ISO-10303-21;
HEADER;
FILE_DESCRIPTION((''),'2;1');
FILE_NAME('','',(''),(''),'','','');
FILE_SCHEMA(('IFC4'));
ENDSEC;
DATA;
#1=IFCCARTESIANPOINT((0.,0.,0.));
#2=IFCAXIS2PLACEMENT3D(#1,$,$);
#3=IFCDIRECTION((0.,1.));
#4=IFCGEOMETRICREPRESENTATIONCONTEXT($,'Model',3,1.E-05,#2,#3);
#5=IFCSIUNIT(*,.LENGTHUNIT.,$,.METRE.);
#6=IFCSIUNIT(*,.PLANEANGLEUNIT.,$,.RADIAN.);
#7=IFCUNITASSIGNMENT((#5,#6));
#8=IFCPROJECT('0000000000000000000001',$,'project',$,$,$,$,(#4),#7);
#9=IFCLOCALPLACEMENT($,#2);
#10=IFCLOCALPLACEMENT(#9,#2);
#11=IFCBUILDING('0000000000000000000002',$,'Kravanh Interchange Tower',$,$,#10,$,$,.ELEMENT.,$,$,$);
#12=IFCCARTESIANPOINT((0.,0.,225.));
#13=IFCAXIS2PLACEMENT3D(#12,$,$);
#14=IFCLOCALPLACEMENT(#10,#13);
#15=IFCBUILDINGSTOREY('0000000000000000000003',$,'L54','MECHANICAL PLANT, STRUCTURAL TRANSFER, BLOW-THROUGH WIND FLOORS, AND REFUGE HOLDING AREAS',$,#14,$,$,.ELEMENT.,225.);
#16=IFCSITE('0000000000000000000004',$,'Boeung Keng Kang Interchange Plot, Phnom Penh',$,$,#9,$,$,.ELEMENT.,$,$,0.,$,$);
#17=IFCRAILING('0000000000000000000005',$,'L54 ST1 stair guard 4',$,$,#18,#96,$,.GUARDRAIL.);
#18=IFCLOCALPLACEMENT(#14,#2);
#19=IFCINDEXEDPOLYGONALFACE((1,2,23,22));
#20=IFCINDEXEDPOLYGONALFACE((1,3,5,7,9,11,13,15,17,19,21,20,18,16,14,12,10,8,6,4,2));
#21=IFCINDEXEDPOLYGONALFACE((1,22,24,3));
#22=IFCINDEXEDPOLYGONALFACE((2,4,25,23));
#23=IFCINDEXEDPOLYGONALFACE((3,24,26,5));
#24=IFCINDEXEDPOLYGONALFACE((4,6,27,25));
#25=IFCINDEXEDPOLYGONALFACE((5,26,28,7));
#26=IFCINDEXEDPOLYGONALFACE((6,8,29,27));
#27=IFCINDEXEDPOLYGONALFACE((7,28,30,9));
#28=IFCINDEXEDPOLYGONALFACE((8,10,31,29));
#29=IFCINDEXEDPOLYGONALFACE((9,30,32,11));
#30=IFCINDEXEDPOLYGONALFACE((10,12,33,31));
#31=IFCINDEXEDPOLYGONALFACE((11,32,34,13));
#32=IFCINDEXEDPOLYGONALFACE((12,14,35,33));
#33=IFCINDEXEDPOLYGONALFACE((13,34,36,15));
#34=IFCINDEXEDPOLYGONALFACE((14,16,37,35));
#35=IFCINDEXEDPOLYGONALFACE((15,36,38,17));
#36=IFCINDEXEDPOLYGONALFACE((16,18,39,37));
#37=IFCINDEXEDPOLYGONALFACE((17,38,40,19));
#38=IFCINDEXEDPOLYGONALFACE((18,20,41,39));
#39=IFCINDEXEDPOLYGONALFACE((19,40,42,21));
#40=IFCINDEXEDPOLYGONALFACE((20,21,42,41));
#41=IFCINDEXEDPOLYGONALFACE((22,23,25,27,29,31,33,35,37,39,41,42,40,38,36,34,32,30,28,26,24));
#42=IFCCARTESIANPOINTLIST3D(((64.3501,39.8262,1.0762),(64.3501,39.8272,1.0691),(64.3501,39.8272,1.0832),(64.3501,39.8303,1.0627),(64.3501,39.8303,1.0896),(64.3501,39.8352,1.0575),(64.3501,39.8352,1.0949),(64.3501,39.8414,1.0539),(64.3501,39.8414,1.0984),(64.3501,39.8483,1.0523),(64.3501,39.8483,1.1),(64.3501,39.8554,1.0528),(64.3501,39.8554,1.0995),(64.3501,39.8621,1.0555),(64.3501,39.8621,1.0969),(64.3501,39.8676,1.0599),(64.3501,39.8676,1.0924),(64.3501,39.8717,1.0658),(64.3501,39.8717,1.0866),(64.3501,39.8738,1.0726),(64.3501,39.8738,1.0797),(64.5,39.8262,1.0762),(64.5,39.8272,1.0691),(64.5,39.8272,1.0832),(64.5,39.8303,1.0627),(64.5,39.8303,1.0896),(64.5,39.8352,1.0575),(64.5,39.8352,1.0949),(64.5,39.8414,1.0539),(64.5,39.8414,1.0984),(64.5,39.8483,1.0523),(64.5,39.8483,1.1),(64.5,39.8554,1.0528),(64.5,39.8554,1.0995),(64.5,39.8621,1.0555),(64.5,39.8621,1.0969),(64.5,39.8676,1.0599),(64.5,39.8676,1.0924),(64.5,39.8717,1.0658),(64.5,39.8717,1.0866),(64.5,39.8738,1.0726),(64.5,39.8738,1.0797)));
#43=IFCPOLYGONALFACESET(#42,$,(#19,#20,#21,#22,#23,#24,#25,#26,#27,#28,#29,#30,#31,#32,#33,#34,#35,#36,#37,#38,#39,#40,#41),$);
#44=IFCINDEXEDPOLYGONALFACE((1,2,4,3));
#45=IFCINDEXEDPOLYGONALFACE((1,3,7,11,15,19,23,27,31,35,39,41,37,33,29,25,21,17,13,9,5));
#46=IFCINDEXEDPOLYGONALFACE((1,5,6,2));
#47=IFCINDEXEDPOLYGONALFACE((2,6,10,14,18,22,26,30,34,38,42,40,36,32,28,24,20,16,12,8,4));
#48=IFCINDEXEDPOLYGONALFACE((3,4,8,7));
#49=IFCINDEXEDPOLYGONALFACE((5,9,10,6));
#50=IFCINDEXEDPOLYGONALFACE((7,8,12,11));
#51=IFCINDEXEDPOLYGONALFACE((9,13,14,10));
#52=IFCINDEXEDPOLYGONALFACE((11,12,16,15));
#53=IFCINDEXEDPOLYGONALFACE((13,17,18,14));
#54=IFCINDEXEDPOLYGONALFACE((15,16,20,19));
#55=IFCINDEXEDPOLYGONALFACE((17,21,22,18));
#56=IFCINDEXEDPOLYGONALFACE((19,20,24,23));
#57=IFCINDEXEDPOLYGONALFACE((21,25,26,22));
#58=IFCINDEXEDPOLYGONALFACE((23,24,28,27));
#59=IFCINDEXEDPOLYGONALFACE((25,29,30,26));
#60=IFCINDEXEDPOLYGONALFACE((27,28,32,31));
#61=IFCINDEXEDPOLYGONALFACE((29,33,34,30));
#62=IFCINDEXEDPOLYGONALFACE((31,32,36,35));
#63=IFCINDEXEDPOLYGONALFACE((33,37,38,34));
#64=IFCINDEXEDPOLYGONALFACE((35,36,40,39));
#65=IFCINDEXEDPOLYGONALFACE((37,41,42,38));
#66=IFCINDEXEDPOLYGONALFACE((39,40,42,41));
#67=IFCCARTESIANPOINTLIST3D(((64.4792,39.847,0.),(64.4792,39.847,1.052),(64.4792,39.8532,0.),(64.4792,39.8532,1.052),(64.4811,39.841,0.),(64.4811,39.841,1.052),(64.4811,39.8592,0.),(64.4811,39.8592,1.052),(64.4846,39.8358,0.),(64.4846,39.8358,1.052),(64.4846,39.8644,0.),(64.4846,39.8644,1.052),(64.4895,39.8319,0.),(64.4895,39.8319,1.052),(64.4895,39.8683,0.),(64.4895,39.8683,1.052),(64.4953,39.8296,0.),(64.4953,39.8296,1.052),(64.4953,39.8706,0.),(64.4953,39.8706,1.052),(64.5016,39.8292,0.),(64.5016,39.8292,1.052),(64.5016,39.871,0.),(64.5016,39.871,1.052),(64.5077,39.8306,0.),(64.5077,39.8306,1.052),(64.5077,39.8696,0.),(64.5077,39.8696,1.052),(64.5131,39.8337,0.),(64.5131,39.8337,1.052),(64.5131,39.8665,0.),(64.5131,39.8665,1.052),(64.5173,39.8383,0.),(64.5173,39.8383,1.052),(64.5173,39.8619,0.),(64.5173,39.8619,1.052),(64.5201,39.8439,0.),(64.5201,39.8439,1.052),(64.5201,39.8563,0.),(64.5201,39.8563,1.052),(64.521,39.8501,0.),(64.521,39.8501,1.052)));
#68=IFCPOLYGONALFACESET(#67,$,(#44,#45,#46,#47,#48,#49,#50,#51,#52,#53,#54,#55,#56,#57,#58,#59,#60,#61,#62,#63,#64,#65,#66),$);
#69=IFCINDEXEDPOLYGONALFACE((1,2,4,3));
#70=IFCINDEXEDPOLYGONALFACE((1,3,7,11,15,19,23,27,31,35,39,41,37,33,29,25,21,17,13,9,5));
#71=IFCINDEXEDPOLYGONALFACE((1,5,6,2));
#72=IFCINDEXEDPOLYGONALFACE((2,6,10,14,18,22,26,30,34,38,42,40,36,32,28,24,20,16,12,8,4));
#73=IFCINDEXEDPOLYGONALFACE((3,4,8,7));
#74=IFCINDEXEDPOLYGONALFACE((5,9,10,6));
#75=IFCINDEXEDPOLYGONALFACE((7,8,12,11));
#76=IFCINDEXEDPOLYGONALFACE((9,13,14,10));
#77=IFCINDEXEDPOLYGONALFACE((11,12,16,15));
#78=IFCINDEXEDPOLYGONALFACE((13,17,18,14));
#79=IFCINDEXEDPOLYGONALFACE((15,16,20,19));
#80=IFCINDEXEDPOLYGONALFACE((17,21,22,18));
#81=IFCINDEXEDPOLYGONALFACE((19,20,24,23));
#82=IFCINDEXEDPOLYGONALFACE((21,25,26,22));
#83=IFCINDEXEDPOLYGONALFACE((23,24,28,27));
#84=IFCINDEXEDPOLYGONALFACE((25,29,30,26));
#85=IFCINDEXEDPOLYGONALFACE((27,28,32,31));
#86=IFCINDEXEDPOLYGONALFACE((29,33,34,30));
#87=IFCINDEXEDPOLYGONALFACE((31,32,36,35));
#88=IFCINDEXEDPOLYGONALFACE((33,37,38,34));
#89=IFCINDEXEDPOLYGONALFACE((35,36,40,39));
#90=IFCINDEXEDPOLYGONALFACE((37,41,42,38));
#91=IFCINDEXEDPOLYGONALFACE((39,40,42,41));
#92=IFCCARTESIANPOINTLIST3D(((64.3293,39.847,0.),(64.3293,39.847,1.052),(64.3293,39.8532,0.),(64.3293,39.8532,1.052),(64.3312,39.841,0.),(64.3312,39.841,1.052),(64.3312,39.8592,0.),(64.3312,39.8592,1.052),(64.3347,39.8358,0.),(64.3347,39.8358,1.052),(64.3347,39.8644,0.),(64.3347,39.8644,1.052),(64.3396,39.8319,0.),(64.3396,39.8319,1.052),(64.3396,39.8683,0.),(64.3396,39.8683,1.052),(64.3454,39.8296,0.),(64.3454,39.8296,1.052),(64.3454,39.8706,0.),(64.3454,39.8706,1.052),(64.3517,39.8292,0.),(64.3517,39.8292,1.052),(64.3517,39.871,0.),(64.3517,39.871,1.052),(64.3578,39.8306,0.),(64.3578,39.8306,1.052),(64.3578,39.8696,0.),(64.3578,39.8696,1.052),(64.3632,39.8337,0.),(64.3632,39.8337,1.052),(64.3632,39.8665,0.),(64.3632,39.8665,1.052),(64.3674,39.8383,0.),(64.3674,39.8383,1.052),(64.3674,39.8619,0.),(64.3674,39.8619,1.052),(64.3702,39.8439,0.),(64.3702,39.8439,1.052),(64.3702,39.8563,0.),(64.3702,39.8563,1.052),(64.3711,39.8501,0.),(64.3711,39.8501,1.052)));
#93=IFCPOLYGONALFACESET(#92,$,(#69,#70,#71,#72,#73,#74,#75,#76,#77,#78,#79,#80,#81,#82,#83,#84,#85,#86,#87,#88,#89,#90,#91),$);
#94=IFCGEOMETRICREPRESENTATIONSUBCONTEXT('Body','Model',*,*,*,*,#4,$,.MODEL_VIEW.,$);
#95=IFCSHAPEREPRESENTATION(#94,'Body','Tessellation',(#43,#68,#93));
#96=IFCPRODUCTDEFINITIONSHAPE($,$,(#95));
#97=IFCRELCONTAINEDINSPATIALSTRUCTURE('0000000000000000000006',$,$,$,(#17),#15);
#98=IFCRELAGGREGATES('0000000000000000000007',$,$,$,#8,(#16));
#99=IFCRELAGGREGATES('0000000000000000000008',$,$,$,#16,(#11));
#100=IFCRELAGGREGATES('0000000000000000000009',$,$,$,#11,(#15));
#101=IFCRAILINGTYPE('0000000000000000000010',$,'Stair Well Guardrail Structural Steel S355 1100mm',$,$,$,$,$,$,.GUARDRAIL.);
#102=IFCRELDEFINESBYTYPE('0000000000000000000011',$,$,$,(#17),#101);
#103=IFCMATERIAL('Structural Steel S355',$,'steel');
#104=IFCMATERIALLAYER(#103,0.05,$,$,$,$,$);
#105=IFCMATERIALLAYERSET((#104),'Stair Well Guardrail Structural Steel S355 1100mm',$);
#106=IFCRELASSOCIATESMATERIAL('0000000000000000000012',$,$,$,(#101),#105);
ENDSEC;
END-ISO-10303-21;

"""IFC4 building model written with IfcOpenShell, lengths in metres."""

from ifc_helpers import new_model, si_unit, direction, frame, origin, origin_2d, place, context, subcontext, project, spatial, circle, extrude, material, layer, layer_set, type_object, element, save


model = new_model("IFC4")

# Units and contexts
model_context = context("Model", 3, precision=1e-05, world=origin(), true_north=direction((0.0, 1.0)))
body_context = subcontext(model_context, "Body", "Model", "MODEL_VIEW")
ifc_project = project(units=[si_unit("LENGTHUNIT", "METRE"), si_unit("PLANEANGLEUNIT", "RADIAN")], contexts=[model_context])

# Site, building, storey
site_placement = place(None, origin())
site = spatial("IfcSite", under=ifc_project, at=site_placement, Name="Boeung Keng Kang Interchange Plot, Phnom Penh", CompositionType="ELEMENT", RefElevation=0.0)
building_placement = place(site_placement, origin())
building = spatial("IfcBuilding", under=site, at=building_placement, Name="Kravanh Interchange Tower", CompositionType="ELEMENT")
storey_placement = place(building_placement, frame((0.0, 0.0, 225.0)))
storey = spatial("IfcBuildingStorey", under=building, at=storey_placement, Name="L54", Description="MECHANICAL PLANT, STRUCTURAL TRANSFER, BLOW-THROUGH WIND FLOORS, AND REFUGE HOLDING AREAS", CompositionType="ELEMENT", Elevation=225.0)

# Railing
ifc_material_1 = material(Name="Structural Steel S355", Category="steel")
ifc_layer_1 = layer(ifc_material_1, 0.05)
ifc_layer_set_1 = layer_set([ifc_layer_1], Name="Stair Well Guardrail Structural Steel S355 1100mm")
railing_type_1 = type_object("IfcRailingType", Name="Stair Well Guardrail Structural Steel S355 1100mm", PredefinedType="GUARDRAIL", material=ifc_layer_set_1)
railing_1_placement = place(storey_placement, frame((64.5, 39.8501, 0.0)))
element("IfcRailing", 1, at=railing_1_placement, inside=storey, type_object=railing_type_1, Name="L54 ST1 stair guard 4", PredefinedType="GUARDRAIL", context=body_context, shape_type="SweptSolid", body=[
    extrude(circle(Radius=0.0239, at=origin_2d()), frame((0.0, 0.0, 1.0762), z_axis=(-1.0, 0.0, 0.0), x_axis=(0.0, -1.0, 0.0)), (0.0, 0.0, 1.0), 0.1499),
    extrude(circle(Radius=0.021, at=origin_2d()), origin(), (0.0, 0.0, 1.0), 1.052),
    extrude(circle(Radius=0.021, at=origin_2d()), frame((-0.1499, 0.0, 0.0)), (0.0, 0.0, 1.0), 1.052),
])

save(model, "model.ifc")
